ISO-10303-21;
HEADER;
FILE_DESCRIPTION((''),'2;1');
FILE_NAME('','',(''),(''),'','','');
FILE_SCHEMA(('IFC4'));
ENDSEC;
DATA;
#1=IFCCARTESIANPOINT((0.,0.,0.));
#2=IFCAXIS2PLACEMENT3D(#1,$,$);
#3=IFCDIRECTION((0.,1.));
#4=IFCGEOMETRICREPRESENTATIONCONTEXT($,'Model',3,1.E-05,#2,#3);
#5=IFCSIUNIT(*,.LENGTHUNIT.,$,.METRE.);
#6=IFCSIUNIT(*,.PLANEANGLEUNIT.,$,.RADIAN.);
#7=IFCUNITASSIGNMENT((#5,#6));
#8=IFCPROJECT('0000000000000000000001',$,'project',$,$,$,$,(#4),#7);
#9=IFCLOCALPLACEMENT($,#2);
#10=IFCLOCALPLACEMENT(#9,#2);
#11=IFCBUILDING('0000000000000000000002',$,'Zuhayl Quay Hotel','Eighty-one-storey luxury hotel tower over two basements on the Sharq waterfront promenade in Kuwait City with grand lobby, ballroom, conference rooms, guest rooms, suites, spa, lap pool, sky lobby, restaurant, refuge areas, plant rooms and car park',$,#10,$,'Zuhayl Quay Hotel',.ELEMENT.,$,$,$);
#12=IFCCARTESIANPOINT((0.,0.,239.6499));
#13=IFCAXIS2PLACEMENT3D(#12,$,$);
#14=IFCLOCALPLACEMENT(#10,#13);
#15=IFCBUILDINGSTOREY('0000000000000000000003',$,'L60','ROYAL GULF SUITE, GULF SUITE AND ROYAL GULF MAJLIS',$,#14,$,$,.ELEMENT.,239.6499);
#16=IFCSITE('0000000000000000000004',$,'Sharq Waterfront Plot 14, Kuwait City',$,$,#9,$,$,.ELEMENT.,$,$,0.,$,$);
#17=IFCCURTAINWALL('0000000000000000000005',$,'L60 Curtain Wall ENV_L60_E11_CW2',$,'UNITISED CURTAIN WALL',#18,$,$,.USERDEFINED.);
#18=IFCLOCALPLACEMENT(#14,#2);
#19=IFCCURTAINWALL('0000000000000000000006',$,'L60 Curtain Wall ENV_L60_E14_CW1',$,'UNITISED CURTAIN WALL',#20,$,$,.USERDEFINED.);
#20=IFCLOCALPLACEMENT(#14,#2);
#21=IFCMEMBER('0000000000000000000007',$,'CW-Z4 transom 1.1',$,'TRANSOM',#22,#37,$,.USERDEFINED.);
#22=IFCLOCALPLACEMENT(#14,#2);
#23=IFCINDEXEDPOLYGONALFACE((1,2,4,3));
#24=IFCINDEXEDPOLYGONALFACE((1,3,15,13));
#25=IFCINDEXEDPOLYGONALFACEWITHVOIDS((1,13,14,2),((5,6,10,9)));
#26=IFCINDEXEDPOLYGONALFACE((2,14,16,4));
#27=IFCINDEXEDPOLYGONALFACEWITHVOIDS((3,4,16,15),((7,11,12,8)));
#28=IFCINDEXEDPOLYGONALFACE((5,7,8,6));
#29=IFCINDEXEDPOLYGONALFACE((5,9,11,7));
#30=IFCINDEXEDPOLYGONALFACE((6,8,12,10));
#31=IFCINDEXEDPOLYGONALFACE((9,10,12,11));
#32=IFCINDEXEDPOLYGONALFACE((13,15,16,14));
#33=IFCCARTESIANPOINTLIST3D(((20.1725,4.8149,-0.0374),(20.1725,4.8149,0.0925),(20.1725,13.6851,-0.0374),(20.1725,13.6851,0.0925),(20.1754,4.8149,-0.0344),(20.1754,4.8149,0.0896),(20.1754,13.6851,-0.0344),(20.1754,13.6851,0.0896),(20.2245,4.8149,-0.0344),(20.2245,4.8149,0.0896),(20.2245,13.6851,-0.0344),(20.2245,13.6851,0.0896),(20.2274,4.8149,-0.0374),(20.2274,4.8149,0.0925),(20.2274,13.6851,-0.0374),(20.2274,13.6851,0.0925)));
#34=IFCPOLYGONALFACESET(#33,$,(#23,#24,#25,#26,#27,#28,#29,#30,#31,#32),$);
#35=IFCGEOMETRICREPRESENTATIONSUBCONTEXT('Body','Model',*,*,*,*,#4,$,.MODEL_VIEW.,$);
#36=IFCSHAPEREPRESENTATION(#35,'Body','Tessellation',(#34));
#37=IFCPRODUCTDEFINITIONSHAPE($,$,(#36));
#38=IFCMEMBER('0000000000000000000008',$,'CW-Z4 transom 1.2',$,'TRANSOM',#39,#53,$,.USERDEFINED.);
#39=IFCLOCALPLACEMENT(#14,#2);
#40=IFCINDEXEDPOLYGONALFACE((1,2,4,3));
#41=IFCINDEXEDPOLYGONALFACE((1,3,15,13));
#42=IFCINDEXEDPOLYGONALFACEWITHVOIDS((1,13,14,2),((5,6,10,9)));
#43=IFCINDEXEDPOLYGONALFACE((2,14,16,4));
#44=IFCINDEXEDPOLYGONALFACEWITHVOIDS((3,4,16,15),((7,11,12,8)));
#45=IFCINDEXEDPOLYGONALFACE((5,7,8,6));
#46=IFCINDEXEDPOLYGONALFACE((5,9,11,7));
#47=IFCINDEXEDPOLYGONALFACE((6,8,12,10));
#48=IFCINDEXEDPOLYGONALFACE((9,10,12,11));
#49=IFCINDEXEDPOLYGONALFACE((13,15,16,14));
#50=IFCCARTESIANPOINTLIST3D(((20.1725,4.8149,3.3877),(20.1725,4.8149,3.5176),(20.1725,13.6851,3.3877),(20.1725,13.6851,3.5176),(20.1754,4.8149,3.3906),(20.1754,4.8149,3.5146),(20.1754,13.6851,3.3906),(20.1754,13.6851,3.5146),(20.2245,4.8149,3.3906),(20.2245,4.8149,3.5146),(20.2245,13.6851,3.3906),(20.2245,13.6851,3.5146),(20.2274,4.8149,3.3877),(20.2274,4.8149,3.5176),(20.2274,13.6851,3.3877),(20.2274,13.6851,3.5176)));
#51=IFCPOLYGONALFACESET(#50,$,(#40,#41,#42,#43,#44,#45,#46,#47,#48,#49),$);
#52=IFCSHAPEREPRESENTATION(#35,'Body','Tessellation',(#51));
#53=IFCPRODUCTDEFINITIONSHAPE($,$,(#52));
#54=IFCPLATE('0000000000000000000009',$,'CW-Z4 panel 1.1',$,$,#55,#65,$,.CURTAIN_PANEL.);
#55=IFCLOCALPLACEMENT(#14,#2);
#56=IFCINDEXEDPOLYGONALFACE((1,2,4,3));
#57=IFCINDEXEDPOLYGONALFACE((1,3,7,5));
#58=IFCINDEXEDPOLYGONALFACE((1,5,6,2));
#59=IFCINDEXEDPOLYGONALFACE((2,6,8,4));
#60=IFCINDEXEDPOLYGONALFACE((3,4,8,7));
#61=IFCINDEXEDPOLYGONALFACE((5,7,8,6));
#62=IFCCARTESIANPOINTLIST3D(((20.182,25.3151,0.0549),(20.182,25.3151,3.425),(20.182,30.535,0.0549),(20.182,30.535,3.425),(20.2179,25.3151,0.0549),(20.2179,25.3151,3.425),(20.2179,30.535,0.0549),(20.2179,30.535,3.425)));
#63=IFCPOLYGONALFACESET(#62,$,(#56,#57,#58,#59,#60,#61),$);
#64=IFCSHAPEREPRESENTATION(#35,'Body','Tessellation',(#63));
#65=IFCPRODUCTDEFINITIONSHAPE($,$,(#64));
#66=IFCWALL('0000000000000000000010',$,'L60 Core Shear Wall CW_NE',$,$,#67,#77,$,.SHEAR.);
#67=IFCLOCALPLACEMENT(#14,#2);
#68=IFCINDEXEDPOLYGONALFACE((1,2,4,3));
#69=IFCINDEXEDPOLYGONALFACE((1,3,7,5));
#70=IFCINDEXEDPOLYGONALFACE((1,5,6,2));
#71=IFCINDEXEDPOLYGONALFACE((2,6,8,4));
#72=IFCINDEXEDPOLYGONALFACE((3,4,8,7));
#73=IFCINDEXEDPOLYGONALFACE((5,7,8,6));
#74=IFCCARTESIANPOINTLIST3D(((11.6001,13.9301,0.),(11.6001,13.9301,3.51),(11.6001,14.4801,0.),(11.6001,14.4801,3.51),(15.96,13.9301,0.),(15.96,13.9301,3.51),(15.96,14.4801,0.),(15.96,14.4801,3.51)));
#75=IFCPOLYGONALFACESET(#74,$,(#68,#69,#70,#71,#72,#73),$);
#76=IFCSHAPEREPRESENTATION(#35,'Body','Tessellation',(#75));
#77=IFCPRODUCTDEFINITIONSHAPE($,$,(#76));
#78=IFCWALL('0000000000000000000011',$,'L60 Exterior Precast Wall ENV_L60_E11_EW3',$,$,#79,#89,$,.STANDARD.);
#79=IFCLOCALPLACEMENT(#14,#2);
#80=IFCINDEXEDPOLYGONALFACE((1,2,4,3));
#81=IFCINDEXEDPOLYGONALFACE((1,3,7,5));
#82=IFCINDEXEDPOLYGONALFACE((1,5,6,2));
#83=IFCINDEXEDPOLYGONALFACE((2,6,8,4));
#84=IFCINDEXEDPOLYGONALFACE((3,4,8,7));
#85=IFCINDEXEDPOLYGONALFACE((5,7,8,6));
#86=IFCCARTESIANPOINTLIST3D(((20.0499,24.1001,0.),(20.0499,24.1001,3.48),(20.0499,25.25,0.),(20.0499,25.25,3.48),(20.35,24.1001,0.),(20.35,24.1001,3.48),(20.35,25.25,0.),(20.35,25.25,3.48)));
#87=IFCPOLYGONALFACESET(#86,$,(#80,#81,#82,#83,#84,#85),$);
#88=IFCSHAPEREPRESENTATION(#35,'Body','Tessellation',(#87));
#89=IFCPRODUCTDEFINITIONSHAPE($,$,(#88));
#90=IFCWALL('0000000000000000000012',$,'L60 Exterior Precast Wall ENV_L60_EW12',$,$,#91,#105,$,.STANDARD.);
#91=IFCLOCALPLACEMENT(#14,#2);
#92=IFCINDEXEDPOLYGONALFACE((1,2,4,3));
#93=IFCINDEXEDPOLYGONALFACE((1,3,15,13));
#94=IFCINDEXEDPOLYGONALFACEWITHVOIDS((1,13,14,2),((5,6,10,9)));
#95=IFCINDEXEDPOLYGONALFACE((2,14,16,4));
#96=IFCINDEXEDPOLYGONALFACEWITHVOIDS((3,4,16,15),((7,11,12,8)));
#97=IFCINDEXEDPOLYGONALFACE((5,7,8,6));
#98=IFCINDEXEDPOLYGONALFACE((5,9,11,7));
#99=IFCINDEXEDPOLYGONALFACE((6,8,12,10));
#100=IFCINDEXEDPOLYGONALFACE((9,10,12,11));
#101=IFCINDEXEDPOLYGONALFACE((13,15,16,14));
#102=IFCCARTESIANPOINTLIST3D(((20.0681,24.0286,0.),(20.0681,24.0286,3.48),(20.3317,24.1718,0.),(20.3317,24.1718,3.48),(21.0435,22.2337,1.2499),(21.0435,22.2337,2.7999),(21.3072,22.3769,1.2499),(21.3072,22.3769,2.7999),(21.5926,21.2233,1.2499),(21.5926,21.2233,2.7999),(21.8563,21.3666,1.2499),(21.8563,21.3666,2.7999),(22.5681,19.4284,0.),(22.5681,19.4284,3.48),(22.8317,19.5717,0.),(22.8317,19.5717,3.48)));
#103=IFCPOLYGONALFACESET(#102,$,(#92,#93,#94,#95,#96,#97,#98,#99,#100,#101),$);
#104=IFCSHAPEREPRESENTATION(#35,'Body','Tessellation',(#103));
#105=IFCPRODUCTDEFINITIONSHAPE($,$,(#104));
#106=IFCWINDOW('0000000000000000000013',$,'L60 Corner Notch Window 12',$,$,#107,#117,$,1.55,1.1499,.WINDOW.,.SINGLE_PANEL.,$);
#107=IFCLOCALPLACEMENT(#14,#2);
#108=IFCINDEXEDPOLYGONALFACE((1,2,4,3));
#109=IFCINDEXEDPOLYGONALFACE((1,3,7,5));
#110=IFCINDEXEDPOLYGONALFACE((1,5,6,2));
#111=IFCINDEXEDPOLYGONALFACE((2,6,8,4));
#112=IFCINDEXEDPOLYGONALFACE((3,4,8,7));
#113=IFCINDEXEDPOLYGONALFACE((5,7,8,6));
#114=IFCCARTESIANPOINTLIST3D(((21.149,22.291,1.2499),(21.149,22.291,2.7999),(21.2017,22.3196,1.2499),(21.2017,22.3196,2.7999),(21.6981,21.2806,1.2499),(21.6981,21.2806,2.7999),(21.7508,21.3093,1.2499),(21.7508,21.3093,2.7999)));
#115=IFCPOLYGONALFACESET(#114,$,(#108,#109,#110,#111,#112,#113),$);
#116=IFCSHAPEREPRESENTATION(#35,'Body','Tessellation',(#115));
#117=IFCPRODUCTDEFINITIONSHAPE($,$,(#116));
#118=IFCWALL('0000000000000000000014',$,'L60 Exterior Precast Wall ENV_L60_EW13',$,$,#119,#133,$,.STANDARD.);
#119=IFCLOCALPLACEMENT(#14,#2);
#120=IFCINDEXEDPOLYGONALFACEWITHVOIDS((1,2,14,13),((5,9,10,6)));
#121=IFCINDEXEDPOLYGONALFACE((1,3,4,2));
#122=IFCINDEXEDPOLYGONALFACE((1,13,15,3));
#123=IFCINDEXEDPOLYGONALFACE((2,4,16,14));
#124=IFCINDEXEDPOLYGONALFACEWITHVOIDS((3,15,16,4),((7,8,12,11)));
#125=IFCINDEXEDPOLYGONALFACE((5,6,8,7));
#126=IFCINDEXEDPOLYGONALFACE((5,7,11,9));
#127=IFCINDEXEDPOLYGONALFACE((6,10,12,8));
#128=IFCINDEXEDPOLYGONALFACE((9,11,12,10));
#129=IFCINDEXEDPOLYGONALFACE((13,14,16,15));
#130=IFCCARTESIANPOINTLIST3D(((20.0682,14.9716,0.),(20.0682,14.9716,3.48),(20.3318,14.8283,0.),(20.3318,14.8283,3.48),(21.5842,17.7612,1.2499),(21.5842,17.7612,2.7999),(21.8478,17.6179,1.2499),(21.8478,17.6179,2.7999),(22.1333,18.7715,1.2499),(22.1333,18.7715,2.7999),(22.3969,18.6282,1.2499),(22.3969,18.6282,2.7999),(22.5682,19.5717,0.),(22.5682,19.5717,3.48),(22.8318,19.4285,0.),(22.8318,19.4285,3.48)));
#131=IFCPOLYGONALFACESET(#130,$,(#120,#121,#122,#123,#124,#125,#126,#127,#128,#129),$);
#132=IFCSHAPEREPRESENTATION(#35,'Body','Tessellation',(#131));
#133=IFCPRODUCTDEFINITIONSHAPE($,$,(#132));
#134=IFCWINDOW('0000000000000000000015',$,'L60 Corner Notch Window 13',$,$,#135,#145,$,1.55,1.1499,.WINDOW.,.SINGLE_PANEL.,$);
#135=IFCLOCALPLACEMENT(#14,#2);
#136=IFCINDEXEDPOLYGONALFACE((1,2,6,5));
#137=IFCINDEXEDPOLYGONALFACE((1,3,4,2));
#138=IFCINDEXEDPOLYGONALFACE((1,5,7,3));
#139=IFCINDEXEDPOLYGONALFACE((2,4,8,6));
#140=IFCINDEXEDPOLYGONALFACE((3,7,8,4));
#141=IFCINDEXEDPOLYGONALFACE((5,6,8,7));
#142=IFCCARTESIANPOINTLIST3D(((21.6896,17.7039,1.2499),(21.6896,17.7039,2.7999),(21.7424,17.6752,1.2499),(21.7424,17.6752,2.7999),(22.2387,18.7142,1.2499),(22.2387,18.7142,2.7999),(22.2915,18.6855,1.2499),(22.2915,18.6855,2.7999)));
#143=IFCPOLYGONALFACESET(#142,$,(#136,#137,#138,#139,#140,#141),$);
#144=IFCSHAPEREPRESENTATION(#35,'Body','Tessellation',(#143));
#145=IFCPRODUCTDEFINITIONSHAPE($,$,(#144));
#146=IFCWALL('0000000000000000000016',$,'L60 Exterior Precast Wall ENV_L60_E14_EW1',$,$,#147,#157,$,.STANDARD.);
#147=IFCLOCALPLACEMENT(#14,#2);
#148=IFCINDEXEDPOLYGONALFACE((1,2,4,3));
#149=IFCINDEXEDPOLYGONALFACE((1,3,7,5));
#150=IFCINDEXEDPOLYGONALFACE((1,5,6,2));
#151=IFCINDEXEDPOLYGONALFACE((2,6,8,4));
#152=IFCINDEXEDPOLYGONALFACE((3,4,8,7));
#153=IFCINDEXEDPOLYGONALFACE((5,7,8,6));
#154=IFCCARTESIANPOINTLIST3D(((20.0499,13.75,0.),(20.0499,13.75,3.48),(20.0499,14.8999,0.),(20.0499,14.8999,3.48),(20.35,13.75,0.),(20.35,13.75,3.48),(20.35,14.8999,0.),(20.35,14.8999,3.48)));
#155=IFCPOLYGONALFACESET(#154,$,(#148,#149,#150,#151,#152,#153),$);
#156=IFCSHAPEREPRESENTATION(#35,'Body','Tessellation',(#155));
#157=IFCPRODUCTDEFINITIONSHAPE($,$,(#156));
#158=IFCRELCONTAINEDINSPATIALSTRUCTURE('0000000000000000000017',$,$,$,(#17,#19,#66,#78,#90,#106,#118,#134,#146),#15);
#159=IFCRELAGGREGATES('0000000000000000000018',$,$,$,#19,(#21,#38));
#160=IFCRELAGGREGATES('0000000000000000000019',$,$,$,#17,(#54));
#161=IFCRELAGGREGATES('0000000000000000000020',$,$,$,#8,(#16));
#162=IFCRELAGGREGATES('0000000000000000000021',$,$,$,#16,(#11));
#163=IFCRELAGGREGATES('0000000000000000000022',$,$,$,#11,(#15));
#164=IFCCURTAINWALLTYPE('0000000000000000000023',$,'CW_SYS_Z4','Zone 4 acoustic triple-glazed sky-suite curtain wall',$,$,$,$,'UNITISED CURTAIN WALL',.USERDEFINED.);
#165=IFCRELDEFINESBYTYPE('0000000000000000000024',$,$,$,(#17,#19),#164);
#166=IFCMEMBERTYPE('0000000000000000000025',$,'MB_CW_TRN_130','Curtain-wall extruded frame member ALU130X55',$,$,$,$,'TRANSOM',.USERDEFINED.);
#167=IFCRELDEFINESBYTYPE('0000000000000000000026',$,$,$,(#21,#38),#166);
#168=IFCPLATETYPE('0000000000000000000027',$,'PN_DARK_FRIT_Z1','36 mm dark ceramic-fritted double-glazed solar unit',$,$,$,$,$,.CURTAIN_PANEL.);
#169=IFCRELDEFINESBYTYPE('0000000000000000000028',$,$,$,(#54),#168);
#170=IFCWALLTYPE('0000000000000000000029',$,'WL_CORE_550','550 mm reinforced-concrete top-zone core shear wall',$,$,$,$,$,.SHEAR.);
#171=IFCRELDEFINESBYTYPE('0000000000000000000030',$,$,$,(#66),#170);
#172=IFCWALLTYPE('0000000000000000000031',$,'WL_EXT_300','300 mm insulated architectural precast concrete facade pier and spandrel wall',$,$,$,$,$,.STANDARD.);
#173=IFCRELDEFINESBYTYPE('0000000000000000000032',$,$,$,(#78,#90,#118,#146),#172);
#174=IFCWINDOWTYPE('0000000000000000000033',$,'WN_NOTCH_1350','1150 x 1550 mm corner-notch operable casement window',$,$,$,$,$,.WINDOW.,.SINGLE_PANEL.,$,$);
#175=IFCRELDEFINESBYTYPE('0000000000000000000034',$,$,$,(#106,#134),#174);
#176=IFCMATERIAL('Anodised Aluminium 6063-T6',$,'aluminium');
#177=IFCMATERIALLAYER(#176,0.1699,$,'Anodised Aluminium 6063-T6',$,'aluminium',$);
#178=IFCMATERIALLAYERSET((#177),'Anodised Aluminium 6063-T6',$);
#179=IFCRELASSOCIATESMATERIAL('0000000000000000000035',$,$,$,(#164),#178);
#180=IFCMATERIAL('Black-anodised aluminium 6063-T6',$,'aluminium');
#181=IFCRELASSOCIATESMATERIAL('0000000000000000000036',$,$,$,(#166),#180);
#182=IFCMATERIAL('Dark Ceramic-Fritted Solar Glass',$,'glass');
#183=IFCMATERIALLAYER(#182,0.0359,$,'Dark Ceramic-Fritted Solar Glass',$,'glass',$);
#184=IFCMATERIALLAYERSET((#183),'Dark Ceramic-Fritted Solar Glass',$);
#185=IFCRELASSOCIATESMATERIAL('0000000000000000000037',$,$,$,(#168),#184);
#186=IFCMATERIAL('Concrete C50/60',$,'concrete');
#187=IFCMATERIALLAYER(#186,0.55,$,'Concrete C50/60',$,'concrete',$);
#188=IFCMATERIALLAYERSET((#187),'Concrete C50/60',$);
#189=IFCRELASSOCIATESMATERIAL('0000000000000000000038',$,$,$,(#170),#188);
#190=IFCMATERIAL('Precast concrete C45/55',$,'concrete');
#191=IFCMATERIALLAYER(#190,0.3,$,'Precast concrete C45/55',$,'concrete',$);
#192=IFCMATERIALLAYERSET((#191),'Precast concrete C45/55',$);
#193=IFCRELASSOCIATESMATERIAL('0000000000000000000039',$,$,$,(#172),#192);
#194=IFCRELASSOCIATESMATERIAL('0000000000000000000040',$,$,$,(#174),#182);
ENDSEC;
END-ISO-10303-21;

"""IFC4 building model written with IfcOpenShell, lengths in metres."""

from ifc_helpers import new_model, si_unit, direction, frame, frame_2d, origin, origin_2d, place, context, subcontext, project, spatial, rectangle, hollow_rectangle, extrude, material, layer, layer_set, material_profile, profile_set, type_object, element, fill, aggregate, save


model = new_model("IFC4")

# Units and contexts
model_context = context("Model", 3, precision=1e-05, world=origin(), true_north=direction((0.0, 1.0)))
body_context = subcontext(model_context, "Body", "Model", "MODEL_VIEW")
ifc_project = project(units=[si_unit("LENGTHUNIT", "METRE"), si_unit("PLANEANGLEUNIT", "RADIAN")], contexts=[model_context])

# Site, building, storey
site_placement = place(None, origin())
site = spatial("IfcSite", under=ifc_project, at=site_placement, Name="Sharq Waterfront Plot 14, Kuwait City", CompositionType="ELEMENT", RefElevation=0.0)
building_placement = place(site_placement, origin())
building = spatial("IfcBuilding", under=site, at=building_placement, Name="Zuhayl Quay Hotel", Description="Eighty-one-storey luxury hotel tower over two basements on the Sharq waterfront promenade in Kuwait City with grand lobby, ballroom, conference rooms, guest rooms, suites, spa, lap pool, sky lobby, restaurant, refuge areas, plant rooms and car park", LongName="Zuhayl Quay Hotel", CompositionType="ELEMENT")
storey_placement = place(building_placement, frame((0.0, 0.0, 239.6499)))
storey = spatial("IfcBuildingStorey", under=building, at=storey_placement, Name="L60", Description="ROYAL GULF SUITE, GULF SUITE AND ROYAL GULF MAJLIS", CompositionType="ELEMENT", Elevation=239.6499)

# Curtain wall
ifc_material_1 = material(Name="Anodised Aluminium 6063-T6", Category="aluminium")
ifc_layer_1 = layer(ifc_material_1, 0.1699, Name="Anodised Aluminium 6063-T6", Category="aluminium")
ifc_layer_set_1 = layer_set([ifc_layer_1], Name="Anodised Aluminium 6063-T6")
curtain_wall_type = type_object("IfcCurtainWallType", Name="CW_SYS_Z4", Description="Zone 4 acoustic triple-glazed sky-suite curtain wall", ElementType="UNITISED CURTAIN WALL", PredefinedType="USERDEFINED", material=ifc_layer_set_1)
curtain_wall_1_placement = place(storey_placement, origin())
curtain_wall_1 = element("IfcCurtainWall", 1, at=curtain_wall_1_placement, inside=storey, type_object=curtain_wall_type, Name="L60 Curtain Wall ENV_L60_E11_CW2", ObjectType="UNITISED CURTAIN WALL", PredefinedType="USERDEFINED")
ifc_material_2 = material(Name="Black-anodised aluminium 6063-T6", Category="aluminium")

# Curtain wall, members
curtain_wall_2_placement = place(storey_placement, origin())
curtain_wall_2 = element("IfcCurtainWall", 2, at=curtain_wall_2_placement, inside=storey, type_object=curtain_wall_type, Name="L60 Curtain Wall ENV_L60_E14_CW1", ObjectType="UNITISED CURTAIN WALL", PredefinedType="USERDEFINED")
ifc_material_profile_1 = material_profile(ifc_material_2, hollow_rectangle(XDim=0.0549, YDim=0.1299, WallThickness=0.0029, at=origin_2d()), Name="ALU130X55")
ifc_profile_set_1 = profile_set([ifc_material_profile_1], Name="Black-anodised aluminium 6063-T6")
member_type_1 = type_object("IfcMemberType", Name="MB_CW_TRN_130", Description="Curtain-wall extruded frame member ALU130X55", ElementType="TRANSOM", PredefinedType="USERDEFINED", material=ifc_profile_set_1)
member_1_placement = place(storey_placement, frame((20.2, 13.6851, 0.0276), z_axis=(0.0, -1.0, 0.0), x_axis=(1.0, 0.0, 0.0)))
member_1 = element("IfcMember", 3, at=member_1_placement, type_object=member_type_1, Name="CW-Z4 transom 1.1", ObjectType="TRANSOM", PredefinedType="USERDEFINED", context=body_context, shape_type="SweptSolid", body=[
    extrude(hollow_rectangle(XDim=0.0549, YDim=0.1299, WallThickness=0.0029, at=origin_2d()), origin(), (0.0, 0.0, 1.0), 8.8701),
])
member_2_placement = place(storey_placement, frame((20.2, 13.6851, 3.4526), z_axis=(0.0, -1.0, 0.0), x_axis=(1.0, 0.0, 0.0)))
member_2 = element("IfcMember", 4, at=member_2_placement, type_object=member_type_1, Name="CW-Z4 transom 1.2", ObjectType="TRANSOM", PredefinedType="USERDEFINED", context=body_context, shape_type="SweptSolid", body=[
    extrude(hollow_rectangle(XDim=0.0549, YDim=0.1299, WallThickness=0.0029, at=origin_2d()), origin(), (0.0, 0.0, 1.0), 8.8701),
])
aggregate(curtain_wall_2, [member_1, member_2])

# Plate
ifc_material_3 = material(Name="Dark Ceramic-Fritted Solar Glass", Category="glass")
ifc_layer_2 = layer(ifc_material_3, 0.0359, Name="Dark Ceramic-Fritted Solar Glass", Category="glass")
ifc_layer_set_2 = layer_set([ifc_layer_2], Name="Dark Ceramic-Fritted Solar Glass")
plate_type = type_object("IfcPlateType", Name="PN_DARK_FRIT_Z1", Description="36 mm dark ceramic-fritted double-glazed solar unit", PredefinedType="CURTAIN_PANEL", material=ifc_layer_set_2)
plate_placement = place(storey_placement, frame((20.2, 27.925, 0.0549), z_axis=(0.0, 0.0, 1.0), x_axis=(0.0, -1.0, 0.0)))
plate = element("IfcPlate", 5, at=plate_placement, type_object=plate_type, Name="CW-Z4 panel 1.1", PredefinedType="CURTAIN_PANEL", context=body_context, shape_type="SweptSolid", body=[
    extrude(rectangle(XDim=5.22, YDim=0.0359, at=origin_2d()), origin(), (0.0, 0.0, 1.0), 3.3701),
])
aggregate(curtain_wall_1, [plate])

# Walls
ifc_material_4 = material(Name="Concrete C50/60", Category="concrete")
ifc_layer_3 = layer(ifc_material_4, 0.55, Name="Concrete C50/60", Category="concrete")
ifc_layer_set_3 = layer_set([ifc_layer_3], Name="Concrete C50/60")
wall_type_1 = type_object("IfcWallType", Name="WL_CORE_550", Description="550 mm reinforced-concrete top-zone core shear wall", PredefinedType="SHEAR", material=ifc_layer_set_3)
wall_1_placement = place(storey_placement, frame((11.6001, 14.2051, 0.0), z_axis=(0.0, 0.0, 1.0), x_axis=(1.0, 0.0, 0.0)))
element("IfcWall", 6, at=wall_1_placement, inside=storey, type_object=wall_type_1, Name="L60 Core Shear Wall CW_NE", PredefinedType="SHEAR", context=body_context, shape_type="SweptSolid", body=[
    extrude(rectangle(XDim=4.3599, YDim=0.55, at=frame_2d((2.1799, 0.0))), origin(), (0.0, 0.0, 1.0), 3.51),
])
ifc_material_5 = material(Name="Precast concrete C45/55", Category="concrete")
ifc_layer_4 = layer(ifc_material_5, 0.3, Name="Precast concrete C45/55", Category="concrete")
ifc_layer_set_4 = layer_set([ifc_layer_4], Name="Precast concrete C45/55")
wall_type_2 = type_object("IfcWallType", Name="WL_EXT_300", Description="300 mm insulated architectural precast concrete facade pier and spandrel wall", PredefinedType="STANDARD", material=ifc_layer_set_4)
wall_2_placement = place(storey_placement, frame((20.2, 25.25, 0.0), z_axis=(0.0, 0.0, 1.0), x_axis=(0.0, -1.0, 0.0)))
element("IfcWall", 7, at=wall_2_placement, inside=storey, type_object=wall_type_2, Name="L60 Exterior Precast Wall ENV_L60_E11_EW3", PredefinedType="STANDARD", context=body_context, shape_type="SweptSolid", body=[
    extrude(rectangle(XDim=1.1499, YDim=0.3, at=frame_2d((0.575, 0.0))), origin(), (0.0, 0.0, 1.0), 3.48),
])

# Walls, openings, windows
wall_3_placement = place(storey_placement, frame((20.2, 24.1001, 0.0), z_axis=(0.0, 0.0, 1.0), x_axis=(0.477505, -0.878629, 0.0)))
wall_3 = element("IfcWall", 8, at=wall_3_placement, inside=storey, type_object=wall_type_2, Name="L60 Exterior Precast Wall ENV_L60_EW12", PredefinedType="STANDARD", context=body_context, shape_type="SweptSolid", body=[
    extrude(rectangle(XDim=5.2356, YDim=0.3, at=frame_2d((2.6177, 0.0))), origin(), (0.0, 0.0, 1.0), 3.48),
])
opening_1_placement = place(wall_3_placement, frame((2.0427, 0.0, 1.25)))
opening_1 = element("IfcOpeningElement", 9, at=opening_1_placement, cuts=wall_3, PredefinedType="OPENING", context=body_context, shape_type="SweptSolid", body=[
    extrude(rectangle(XDim=1.1499, YDim=1.55, at=frame_2d((0.575, 0.7749))), frame((0.0, 0.1599, 0.0), z_axis=(0.0, -1.0, 0.0), x_axis=(1.0, 0.0, 0.0)), (0.0, 0.0, 1.0), 0.3201),
])
window_type = type_object("IfcWindowType", Name="WN_NOTCH_1350", Description="1150 x 1550 mm corner-notch operable casement window", PartitioningType="SINGLE_PANEL", PredefinedType="WINDOW", material=ifc_material_3)
window_1_placement = place(opening_1_placement, origin())
window_1 = element("IfcWindow", 10, at=window_1_placement, inside=storey, type_object=window_type, Name="L60 Corner Notch Window 12", OverallHeight=1.55, OverallWidth=1.1499, PartitioningType="SINGLE_PANEL", PredefinedType="WINDOW", context=body_context, shape_type="SweptSolid", body=[
    extrude(rectangle(XDim=1.1499, YDim=1.55, at=frame_2d((0.575, 0.7749))), frame((0.0, 0.03, 0.0), z_axis=(0.0, -1.0, 0.0), x_axis=(1.0, 0.0, 0.0)), (0.0, 0.0, 1.0), 0.0601),
])
fill(opening_1, window_1)
wall_4_placement = place(storey_placement, frame((22.7, 19.5, 0.0), z_axis=(0.0, 0.0, 1.0), x_axis=(-0.477505, -0.878629, 0.0)))
wall_4 = element("IfcWall", 11, at=wall_4_placement, inside=storey, type_object=wall_type_2, Name="L60 Exterior Precast Wall ENV_L60_EW13", PredefinedType="STANDARD", context=body_context, shape_type="SweptSolid", body=[
    extrude(rectangle(XDim=5.2356, YDim=0.3, at=frame_2d((2.6177, 0.0))), origin(), (0.0, 0.0, 1.0), 3.48),
])
opening_2_placement = place(wall_4_placement, frame((0.9106, 0.0, 1.25)))
opening_2 = element("IfcOpeningElement", 12, at=opening_2_placement, cuts=wall_4, PredefinedType="OPENING", context=body_context, shape_type="SweptSolid", body=[
    extrude(rectangle(XDim=1.1499, YDim=1.55, at=frame_2d((0.575, 0.7749))), frame((0.0, 0.1599, 0.0), z_axis=(0.0, -1.0, 0.0), x_axis=(1.0, 0.0, 0.0)), (0.0, 0.0, 1.0), 0.3201),
])
window_2_placement = place(opening_2_placement, origin())
window_2 = element("IfcWindow", 13, at=window_2_placement, inside=storey, type_object=window_type, Name="L60 Corner Notch Window 13", OverallHeight=1.55, OverallWidth=1.1499, PartitioningType="SINGLE_PANEL", PredefinedType="WINDOW", context=body_context, shape_type="SweptSolid", body=[
    extrude(rectangle(XDim=1.1499, YDim=1.55, at=frame_2d((0.575, 0.7749))), frame((0.0, 0.03, 0.0), z_axis=(0.0, -1.0, 0.0), x_axis=(1.0, 0.0, 0.0)), (0.0, 0.0, 1.0), 0.0601),
])
fill(opening_2, window_2)

# Wall
wall_5_placement = place(storey_placement, frame((20.2, 14.8999, 0.0), z_axis=(0.0, 0.0, 1.0), x_axis=(0.0, -1.0, 0.0)))
element("IfcWall", 14, at=wall_5_placement, inside=storey, type_object=wall_type_2, Name="L60 Exterior Precast Wall ENV_L60_E14_EW1", PredefinedType="STANDARD", context=body_context, shape_type="SweptSolid", body=[
    extrude(rectangle(XDim=1.1499, YDim=0.3, at=frame_2d((0.575, 0.0))), origin(), (0.0, 0.0, 1.0), 3.48),
])

save(model, "model.ifc")
